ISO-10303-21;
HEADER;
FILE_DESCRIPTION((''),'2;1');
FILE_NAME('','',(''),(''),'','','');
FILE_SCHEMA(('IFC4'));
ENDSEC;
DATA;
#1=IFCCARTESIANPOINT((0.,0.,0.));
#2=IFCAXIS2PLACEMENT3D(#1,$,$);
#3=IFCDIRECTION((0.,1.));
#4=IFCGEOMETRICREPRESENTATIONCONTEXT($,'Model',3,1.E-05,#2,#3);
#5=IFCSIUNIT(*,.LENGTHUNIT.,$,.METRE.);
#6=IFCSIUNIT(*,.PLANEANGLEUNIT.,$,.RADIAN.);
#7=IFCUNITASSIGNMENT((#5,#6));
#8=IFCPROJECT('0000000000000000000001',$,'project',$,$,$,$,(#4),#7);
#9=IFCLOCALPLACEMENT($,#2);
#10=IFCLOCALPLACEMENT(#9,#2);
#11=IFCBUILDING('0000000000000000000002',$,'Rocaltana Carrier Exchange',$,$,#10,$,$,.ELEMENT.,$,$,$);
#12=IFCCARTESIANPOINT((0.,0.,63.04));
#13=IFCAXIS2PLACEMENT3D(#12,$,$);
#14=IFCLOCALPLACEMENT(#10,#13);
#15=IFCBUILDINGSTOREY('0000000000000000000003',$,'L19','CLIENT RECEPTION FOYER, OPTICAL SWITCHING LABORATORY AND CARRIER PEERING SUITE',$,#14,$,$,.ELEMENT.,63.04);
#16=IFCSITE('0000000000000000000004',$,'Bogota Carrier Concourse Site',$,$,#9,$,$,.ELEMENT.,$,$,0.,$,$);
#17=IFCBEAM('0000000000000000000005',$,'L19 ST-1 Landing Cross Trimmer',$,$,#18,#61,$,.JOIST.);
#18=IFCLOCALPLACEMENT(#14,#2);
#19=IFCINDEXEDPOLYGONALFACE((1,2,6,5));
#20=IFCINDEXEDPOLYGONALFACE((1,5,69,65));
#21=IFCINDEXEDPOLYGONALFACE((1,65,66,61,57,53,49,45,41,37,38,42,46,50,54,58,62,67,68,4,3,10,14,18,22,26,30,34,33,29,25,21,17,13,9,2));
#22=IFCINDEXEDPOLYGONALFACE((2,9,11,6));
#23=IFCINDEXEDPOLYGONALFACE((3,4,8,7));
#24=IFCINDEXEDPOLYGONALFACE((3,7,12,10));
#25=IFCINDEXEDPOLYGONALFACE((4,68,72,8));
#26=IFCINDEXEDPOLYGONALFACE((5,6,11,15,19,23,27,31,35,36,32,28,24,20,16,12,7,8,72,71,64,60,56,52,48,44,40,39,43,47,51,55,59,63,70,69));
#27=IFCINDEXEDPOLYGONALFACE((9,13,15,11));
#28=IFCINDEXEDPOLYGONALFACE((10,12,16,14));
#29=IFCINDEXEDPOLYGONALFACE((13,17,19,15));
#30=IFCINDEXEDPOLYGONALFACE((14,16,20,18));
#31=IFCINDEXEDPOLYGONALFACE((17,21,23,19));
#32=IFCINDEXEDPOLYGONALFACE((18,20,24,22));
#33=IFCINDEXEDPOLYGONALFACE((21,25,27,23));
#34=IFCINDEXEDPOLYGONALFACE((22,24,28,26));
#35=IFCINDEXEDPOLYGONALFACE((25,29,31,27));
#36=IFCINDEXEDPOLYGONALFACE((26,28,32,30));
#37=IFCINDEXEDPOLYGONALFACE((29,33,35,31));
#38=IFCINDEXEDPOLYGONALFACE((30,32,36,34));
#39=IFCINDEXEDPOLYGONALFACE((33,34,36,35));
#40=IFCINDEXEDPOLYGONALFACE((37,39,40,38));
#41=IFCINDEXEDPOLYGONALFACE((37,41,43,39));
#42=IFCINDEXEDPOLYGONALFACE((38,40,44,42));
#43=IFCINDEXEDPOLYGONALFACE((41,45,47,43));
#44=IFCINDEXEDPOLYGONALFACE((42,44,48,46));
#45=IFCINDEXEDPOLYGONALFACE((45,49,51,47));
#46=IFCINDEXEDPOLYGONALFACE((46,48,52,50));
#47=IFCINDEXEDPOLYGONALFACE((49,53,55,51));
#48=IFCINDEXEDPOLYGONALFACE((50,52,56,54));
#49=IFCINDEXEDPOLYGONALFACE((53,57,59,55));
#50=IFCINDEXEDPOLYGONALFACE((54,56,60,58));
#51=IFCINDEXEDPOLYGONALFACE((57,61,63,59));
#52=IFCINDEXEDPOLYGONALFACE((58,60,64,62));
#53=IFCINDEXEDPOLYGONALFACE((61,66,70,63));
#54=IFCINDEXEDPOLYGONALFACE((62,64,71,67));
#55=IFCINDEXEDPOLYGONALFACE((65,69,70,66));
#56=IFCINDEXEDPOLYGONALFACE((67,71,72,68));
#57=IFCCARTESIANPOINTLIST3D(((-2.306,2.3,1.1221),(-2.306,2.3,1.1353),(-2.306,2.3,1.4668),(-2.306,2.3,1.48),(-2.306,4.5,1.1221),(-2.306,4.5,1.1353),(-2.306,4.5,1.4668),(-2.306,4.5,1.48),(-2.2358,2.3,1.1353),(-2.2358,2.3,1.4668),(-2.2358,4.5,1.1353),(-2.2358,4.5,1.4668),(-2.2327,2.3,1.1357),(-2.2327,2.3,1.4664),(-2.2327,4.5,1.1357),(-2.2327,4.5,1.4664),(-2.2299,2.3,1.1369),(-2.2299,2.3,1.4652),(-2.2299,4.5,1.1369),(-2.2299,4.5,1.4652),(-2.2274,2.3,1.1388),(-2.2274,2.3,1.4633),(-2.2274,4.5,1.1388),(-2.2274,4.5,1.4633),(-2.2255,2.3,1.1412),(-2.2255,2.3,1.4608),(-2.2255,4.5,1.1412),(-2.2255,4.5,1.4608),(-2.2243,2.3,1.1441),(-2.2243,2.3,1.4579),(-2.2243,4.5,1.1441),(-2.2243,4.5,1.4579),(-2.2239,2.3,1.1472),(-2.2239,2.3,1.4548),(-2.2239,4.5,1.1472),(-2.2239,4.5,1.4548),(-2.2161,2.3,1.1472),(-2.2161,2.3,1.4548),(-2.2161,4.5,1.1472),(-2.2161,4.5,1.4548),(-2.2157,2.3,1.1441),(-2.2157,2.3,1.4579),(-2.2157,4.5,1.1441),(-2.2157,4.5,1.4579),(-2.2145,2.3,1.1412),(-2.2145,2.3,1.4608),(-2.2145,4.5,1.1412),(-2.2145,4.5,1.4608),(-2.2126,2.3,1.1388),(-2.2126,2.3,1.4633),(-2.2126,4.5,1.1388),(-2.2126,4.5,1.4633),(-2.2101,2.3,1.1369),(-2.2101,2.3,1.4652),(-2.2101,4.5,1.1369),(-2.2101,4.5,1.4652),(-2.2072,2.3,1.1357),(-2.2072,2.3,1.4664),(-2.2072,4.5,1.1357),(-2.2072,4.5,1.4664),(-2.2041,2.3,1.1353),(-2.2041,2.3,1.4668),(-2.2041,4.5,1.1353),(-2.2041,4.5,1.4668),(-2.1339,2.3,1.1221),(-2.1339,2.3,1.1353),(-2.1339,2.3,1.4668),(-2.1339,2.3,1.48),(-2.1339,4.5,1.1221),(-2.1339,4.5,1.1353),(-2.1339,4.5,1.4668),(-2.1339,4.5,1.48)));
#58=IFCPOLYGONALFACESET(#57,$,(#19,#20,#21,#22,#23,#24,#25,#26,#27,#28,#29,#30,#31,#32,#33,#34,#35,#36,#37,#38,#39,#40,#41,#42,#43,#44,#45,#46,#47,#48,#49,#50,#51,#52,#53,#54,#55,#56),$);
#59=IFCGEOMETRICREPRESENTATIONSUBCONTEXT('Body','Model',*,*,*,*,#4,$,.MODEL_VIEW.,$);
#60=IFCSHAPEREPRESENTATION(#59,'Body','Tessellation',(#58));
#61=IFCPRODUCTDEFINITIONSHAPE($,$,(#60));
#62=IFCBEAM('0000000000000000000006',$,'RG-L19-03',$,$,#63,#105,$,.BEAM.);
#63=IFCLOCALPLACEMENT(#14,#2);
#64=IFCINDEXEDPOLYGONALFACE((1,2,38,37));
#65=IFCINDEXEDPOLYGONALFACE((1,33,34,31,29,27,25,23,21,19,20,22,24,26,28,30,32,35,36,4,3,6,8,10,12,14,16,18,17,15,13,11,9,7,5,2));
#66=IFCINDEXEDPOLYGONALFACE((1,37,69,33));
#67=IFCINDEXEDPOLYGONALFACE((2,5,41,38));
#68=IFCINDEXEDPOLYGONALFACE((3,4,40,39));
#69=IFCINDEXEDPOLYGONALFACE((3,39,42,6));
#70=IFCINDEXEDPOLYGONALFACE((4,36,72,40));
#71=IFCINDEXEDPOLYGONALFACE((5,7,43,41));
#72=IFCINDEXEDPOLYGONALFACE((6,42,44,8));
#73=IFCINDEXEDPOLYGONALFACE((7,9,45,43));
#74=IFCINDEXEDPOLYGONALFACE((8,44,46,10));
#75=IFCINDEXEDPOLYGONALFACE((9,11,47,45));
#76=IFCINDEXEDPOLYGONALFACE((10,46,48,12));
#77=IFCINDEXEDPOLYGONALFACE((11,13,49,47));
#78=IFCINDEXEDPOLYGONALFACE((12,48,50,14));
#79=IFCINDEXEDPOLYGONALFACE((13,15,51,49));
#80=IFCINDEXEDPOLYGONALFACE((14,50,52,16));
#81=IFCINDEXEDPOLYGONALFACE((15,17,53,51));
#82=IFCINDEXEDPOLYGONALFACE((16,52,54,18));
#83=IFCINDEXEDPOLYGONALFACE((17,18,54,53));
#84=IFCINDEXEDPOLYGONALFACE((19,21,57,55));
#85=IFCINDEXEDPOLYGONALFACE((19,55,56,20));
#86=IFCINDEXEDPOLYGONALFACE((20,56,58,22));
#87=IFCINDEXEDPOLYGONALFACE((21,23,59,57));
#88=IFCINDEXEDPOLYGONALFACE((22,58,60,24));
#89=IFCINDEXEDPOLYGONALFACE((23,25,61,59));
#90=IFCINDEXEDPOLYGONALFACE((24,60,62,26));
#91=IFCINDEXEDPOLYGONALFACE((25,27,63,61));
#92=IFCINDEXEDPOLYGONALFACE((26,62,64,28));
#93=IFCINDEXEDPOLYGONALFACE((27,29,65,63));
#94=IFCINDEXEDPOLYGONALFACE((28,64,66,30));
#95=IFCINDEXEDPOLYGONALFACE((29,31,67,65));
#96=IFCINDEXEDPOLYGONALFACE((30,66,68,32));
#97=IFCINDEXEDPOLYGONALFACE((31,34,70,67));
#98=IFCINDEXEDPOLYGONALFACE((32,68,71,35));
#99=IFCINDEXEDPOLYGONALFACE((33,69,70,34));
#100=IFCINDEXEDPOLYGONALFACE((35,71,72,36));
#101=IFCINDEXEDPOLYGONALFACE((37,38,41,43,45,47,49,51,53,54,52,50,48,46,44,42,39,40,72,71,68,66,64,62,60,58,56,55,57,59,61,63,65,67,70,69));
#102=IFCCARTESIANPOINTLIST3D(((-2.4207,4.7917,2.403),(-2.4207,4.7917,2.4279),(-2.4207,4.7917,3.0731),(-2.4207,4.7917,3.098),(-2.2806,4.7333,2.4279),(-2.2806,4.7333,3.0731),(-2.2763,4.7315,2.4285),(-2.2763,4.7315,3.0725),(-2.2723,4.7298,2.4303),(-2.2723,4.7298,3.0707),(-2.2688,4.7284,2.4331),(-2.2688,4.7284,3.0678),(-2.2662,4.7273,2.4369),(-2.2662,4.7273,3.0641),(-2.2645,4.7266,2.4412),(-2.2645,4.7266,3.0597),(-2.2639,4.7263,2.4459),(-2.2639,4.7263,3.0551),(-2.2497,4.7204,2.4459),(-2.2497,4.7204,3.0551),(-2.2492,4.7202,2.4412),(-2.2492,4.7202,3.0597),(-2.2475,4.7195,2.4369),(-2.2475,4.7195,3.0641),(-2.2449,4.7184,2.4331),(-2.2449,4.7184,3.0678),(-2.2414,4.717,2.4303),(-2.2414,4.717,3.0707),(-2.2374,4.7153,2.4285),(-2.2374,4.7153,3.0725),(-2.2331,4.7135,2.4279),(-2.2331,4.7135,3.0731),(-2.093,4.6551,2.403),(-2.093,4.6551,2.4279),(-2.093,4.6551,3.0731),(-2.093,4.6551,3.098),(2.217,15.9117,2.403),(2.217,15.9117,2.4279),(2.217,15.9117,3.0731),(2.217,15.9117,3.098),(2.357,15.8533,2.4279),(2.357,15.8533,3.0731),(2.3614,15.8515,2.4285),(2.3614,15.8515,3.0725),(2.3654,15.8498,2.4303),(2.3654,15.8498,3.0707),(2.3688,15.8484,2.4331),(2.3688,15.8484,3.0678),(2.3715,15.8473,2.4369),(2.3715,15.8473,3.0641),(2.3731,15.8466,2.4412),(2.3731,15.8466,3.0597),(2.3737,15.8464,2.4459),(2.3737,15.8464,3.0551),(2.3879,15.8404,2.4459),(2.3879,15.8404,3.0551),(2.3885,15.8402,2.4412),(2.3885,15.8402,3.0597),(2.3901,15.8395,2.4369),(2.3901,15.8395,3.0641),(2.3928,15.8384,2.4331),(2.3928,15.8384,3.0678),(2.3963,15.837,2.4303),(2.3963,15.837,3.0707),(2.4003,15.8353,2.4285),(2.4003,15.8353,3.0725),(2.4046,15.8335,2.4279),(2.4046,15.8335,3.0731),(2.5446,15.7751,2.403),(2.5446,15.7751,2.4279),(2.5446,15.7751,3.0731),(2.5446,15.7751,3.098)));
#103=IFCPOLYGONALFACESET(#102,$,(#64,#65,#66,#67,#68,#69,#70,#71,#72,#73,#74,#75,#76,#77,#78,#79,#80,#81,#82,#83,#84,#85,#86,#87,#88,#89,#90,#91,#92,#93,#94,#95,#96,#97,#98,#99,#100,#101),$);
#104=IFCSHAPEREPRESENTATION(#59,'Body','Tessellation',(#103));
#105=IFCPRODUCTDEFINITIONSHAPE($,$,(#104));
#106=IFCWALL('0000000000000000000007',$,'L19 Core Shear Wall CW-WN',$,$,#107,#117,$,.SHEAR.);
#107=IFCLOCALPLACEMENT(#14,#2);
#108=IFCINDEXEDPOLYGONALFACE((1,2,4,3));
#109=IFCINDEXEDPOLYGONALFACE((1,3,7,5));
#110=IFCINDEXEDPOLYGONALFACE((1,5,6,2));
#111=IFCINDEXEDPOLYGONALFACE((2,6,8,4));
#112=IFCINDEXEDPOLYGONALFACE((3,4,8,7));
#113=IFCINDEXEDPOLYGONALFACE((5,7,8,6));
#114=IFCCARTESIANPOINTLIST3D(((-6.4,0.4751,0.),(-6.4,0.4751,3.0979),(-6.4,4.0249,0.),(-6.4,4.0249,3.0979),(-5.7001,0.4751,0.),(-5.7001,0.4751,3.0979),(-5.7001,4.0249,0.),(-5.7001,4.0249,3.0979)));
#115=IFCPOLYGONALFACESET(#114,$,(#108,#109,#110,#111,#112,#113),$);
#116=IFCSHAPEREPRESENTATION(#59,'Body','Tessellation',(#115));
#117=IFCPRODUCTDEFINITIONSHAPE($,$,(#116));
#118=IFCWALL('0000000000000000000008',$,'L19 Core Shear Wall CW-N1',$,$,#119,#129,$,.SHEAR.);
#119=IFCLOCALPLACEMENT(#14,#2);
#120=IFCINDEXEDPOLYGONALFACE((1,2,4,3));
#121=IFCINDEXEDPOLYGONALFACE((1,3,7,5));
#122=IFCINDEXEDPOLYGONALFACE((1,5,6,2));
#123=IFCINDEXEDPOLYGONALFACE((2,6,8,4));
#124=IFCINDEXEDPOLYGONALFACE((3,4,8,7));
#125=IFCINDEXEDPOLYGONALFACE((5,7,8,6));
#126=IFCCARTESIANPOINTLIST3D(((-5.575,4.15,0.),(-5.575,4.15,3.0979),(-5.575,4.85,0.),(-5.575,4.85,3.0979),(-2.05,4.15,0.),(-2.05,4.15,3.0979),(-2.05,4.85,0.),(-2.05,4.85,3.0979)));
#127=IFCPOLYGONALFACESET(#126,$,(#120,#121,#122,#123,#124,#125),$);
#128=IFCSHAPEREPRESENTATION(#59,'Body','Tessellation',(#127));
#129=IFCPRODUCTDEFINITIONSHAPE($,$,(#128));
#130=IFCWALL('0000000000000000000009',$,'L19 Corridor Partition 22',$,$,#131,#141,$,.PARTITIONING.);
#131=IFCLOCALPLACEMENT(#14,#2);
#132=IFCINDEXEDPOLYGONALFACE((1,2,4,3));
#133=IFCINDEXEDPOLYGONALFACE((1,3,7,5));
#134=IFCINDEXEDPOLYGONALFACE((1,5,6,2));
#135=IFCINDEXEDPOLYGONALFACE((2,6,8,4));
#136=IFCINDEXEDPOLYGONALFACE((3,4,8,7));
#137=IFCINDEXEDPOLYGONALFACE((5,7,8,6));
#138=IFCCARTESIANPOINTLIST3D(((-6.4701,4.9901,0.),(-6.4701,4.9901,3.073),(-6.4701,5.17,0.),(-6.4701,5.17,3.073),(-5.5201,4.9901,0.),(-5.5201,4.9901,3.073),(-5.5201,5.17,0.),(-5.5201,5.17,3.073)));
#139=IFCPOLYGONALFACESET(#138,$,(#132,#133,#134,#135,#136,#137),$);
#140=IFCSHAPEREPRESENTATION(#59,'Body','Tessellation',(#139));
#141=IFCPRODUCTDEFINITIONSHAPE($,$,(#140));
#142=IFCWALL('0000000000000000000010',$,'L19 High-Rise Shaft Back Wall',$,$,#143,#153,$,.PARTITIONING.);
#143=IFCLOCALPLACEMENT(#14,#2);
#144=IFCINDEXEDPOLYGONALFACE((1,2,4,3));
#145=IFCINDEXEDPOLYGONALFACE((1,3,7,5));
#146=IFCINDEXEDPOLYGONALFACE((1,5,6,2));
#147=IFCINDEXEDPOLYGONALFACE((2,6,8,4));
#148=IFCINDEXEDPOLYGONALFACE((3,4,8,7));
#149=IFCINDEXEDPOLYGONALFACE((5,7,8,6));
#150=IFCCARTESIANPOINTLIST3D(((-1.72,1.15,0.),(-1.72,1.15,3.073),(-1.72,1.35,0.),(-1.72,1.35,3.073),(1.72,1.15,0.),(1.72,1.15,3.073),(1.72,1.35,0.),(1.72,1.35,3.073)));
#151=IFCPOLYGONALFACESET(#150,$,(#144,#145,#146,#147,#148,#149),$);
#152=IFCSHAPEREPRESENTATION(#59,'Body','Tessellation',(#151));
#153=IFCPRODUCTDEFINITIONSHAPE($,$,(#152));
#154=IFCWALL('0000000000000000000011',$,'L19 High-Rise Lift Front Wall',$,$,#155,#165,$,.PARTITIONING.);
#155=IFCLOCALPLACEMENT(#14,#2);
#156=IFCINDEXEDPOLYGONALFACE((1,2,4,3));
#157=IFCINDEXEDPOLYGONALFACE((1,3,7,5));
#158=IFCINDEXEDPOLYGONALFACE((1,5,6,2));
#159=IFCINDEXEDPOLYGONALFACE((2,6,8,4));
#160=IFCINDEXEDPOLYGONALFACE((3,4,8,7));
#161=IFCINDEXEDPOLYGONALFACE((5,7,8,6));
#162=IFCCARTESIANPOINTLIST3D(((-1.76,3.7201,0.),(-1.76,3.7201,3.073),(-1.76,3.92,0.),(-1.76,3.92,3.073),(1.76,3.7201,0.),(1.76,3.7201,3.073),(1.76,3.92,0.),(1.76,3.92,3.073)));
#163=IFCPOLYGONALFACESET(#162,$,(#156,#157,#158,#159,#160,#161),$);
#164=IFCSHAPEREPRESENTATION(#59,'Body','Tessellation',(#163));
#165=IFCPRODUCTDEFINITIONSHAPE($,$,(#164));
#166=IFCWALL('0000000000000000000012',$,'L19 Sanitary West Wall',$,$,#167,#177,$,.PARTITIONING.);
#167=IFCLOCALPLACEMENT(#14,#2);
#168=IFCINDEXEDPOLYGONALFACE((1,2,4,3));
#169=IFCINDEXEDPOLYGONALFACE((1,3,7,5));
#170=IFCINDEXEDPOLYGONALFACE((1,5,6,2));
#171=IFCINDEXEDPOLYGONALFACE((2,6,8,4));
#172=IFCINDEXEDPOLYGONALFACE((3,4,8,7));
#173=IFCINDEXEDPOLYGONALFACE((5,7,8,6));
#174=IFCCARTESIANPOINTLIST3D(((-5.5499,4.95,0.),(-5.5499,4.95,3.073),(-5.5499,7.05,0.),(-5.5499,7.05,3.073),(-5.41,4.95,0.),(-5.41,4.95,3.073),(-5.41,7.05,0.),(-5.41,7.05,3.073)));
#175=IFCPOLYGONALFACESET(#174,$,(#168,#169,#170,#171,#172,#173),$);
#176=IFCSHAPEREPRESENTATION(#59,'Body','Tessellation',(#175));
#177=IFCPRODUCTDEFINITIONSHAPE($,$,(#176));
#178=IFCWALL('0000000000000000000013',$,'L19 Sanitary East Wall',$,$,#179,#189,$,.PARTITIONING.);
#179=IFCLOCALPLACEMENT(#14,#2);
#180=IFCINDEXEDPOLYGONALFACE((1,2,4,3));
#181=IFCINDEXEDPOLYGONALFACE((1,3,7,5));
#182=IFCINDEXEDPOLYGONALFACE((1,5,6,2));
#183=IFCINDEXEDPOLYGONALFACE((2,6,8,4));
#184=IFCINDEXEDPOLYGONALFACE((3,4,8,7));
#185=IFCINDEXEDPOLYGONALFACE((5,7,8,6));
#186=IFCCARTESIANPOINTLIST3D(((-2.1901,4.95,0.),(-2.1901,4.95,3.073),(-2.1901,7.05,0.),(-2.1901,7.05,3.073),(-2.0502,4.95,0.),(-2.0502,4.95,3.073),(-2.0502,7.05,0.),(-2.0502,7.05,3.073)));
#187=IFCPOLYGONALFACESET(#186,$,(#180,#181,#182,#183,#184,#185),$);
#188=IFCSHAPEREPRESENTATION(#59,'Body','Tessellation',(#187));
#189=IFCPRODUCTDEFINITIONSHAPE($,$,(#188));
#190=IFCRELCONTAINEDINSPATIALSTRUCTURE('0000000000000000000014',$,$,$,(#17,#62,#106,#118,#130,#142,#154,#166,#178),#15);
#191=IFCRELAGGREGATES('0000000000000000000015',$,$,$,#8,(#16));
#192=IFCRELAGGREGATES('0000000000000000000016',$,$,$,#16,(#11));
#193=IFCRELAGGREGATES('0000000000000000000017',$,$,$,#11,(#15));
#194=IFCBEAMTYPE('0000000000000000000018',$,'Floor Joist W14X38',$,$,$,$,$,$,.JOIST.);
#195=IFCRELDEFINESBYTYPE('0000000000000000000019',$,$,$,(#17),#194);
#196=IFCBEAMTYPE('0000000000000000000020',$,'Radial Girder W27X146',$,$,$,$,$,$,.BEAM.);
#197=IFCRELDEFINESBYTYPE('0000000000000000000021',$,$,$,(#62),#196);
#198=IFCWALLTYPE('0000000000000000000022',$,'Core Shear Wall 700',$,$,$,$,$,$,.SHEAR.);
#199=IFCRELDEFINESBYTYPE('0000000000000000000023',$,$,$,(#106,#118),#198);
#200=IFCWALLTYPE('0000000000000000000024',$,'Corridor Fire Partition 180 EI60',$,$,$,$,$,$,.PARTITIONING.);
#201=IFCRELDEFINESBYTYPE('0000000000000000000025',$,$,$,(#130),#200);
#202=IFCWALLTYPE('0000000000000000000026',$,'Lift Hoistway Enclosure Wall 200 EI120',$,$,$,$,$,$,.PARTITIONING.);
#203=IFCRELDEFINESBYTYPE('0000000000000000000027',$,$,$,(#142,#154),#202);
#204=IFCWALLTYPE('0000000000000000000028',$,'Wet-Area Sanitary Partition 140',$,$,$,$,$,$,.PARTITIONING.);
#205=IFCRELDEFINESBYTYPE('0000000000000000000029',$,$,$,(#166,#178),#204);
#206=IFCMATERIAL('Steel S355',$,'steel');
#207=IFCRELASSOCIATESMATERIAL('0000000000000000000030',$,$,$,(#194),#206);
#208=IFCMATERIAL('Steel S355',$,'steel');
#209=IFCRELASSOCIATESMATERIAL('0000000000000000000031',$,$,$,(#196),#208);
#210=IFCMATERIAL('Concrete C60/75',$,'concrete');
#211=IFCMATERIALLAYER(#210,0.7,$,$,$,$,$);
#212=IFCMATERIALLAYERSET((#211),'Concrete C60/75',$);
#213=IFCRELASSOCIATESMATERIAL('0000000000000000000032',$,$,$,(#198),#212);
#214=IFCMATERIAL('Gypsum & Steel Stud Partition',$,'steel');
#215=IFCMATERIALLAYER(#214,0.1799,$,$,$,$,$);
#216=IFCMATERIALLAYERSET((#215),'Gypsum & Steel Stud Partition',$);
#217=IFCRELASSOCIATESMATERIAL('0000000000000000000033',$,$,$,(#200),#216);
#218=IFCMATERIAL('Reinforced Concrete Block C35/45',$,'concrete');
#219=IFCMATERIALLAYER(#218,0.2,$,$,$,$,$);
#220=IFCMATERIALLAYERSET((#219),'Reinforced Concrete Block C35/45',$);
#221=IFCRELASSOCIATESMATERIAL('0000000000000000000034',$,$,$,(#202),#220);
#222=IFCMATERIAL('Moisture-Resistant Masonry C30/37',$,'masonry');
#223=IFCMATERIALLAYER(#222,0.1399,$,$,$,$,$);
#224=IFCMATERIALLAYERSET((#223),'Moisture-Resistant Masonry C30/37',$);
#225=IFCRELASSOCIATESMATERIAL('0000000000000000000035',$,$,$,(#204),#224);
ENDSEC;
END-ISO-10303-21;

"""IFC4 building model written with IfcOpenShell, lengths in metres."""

from ifc_helpers import new_model, si_unit, direction, frame, frame_2d, origin, origin_2d, place, context, subcontext, project, spatial, rectangle, i_section, extrude, material, layer, layer_set, material_profile, profile_set, type_object, element, save


model = new_model("IFC4")

# Units and contexts
model_context = context("Model", 3, precision=1e-05, world=origin(), true_north=direction((0.0, 1.0)))
body_context = subcontext(model_context, "Body", "Model", "MODEL_VIEW")
ifc_project = project(units=[si_unit("LENGTHUNIT", "METRE"), si_unit("PLANEANGLEUNIT", "RADIAN")], contexts=[model_context])

# Site, building, storey
site_placement = place(None, origin())
site = spatial("IfcSite", under=ifc_project, at=site_placement, Name="Bogota Carrier Concourse Site", CompositionType="ELEMENT", RefElevation=0.0)
building_placement = place(site_placement, origin())
building = spatial("IfcBuilding", under=site, at=building_placement, Name="Rocaltana Carrier Exchange", CompositionType="ELEMENT")
storey_placement = place(building_placement, frame((0.0, 0.0, 63.04)))
storey = spatial("IfcBuildingStorey", under=building, at=storey_placement, Name="L19", Description="CLIENT RECEPTION FOYER, OPTICAL SWITCHING LABORATORY AND CARRIER PEERING SUITE", CompositionType="ELEMENT", Elevation=63.04)

# Beams
ifc_material_1 = material(Name="Steel S355", Category="steel")
ifc_material_profile_1 = material_profile(ifc_material_1, i_section(OverallWidth=0.1721, OverallDepth=0.3579, WebThickness=0.0078, FlangeThickness=0.0132, FilletRadius=0.012, at=origin_2d()), Name="W14X38")
ifc_profile_set_1 = profile_set([ifc_material_profile_1], Name="Steel S355")
beam_type_1 = type_object("IfcBeamType", Name="Floor Joist W14X38", PredefinedType="JOIST", material=ifc_profile_set_1)
beam_1_placement = place(storey_placement, frame((-2.22, 2.3, 1.301), z_axis=(0.0, 1.0, 0.0), x_axis=(-1.0, 0.0, 0.0)))
element("IfcBeam", 1, at=beam_1_placement, inside=storey, type_object=beam_type_1, Name="L19 ST-1 Landing Cross Trimmer", PredefinedType="JOIST", context=body_context, shape_type="SweptSolid", body=[
    extrude(i_section(OverallWidth=0.1721, OverallDepth=0.3579, WebThickness=0.0078, FlangeThickness=0.0132, FilletRadius=0.012, at=origin_2d()), origin(), (0.0, 0.0, 1.0), 2.2),
])
ifc_material_2 = material(Name="Steel S355", Category="steel")
ifc_material_profile_2 = material_profile(ifc_material_2, i_section(OverallWidth=0.355, OverallDepth=0.6951, WebThickness=0.0154, FlangeThickness=0.0249, FilletRadius=0.0181, at=origin_2d()), Name="W27X146")
ifc_profile_set_2 = profile_set([ifc_material_profile_2], Name="Steel S355")
beam_type_2 = type_object("IfcBeamType", Name="Radial Girder W27X146", PredefinedType="BEAM", material=ifc_profile_set_2)
beam_2_placement = place(storey_placement, frame((-2.2568, 4.7234, 2.7505), z_axis=(0.38492, 0.92295, 0.0), x_axis=(-0.92295, 0.38492, 0.0)))
element("IfcBeam", 2, at=beam_2_placement, inside=storey, type_object=beam_type_2, Name="RG-L19-03", PredefinedType="BEAM", context=body_context, shape_type="SweptSolid", body=[
    extrude(i_section(OverallWidth=0.355, OverallDepth=0.6951, WebThickness=0.0154, FlangeThickness=0.0249, FilletRadius=0.0181, at=origin_2d()), origin(), (0.0, 0.0, 1.0), 12.0483),
])

# Walls
ifc_material_3 = material(Name="Concrete C60/75", Category="concrete")
ifc_layer_1 = layer(ifc_material_3, 0.7)
ifc_layer_set_1 = layer_set([ifc_layer_1], Name="Concrete C60/75")
wall_type_1 = type_object("IfcWallType", Name="Core Shear Wall 700", PredefinedType="SHEAR", material=ifc_layer_set_1)
wall_1_placement = place(storey_placement, frame((-6.05, 0.4751, 0.0), z_axis=(0.0, 0.0, 1.0), x_axis=(0.0, 1.0, 0.0)))
element("IfcWall", 3, at=wall_1_placement, inside=storey, type_object=wall_type_1, Name="L19 Core Shear Wall CW-WN", PredefinedType="SHEAR", context=body_context, shape_type="SweptSolid", body=[
    extrude(rectangle(XDim=3.5498, YDim=0.7, at=frame_2d((1.7749, 0.0))), origin(), (0.0, 0.0, 1.0), 3.0979),
])
wall_2_placement = place(storey_placement, frame((-5.575, 4.5, 0.0), z_axis=(0.0, 0.0, 1.0), x_axis=(1.0, 0.0, 0.0)))
element("IfcWall", 4, at=wall_2_placement, inside=storey, type_object=wall_type_1, Name="L19 Core Shear Wall CW-N1", PredefinedType="SHEAR", context=body_context, shape_type="SweptSolid", body=[
    extrude(rectangle(XDim=3.5249, YDim=0.7, at=frame_2d((1.7625, 0.0))), origin(), (0.0, 0.0, 1.0), 3.0979),
])
ifc_material_4 = material(Name="Gypsum & Steel Stud Partition", Category="steel")
ifc_layer_2 = layer(ifc_material_4, 0.1799)
ifc_layer_set_2 = layer_set([ifc_layer_2], Name="Gypsum & Steel Stud Partition")
wall_type_2 = type_object("IfcWallType", Name="Corridor Fire Partition 180 EI60", PredefinedType="PARTITIONING", material=ifc_layer_set_2)
wall_3_placement = place(storey_placement, frame((-5.52, 5.0801, 0.0), z_axis=(0.0, 0.0, 1.0), x_axis=(-1.0, 0.0, 0.0)))
element("IfcWall", 5, at=wall_3_placement, inside=storey, type_object=wall_type_2, Name="L19 Corridor Partition 22", PredefinedType="PARTITIONING", context=body_context, shape_type="SweptSolid", body=[
    extrude(rectangle(XDim=0.95, YDim=0.1799, at=frame_2d((0.4751, 0.0))), origin(), (0.0, 0.0, 1.0), 3.073),
])
ifc_material_5 = material(Name="Reinforced Concrete Block C35/45", Category="concrete")
ifc_layer_3 = layer(ifc_material_5, 0.2)
ifc_layer_set_3 = layer_set([ifc_layer_3], Name="Reinforced Concrete Block C35/45")
wall_type_3 = type_object("IfcWallType", Name="Lift Hoistway Enclosure Wall 200 EI120", PredefinedType="PARTITIONING", material=ifc_layer_set_3)
wall_4_placement = place(storey_placement, frame((-1.72, 1.25, 0.0), z_axis=(0.0, 0.0, 1.0), x_axis=(1.0, 0.0, 0.0)))
element("IfcWall", 6, at=wall_4_placement, inside=storey, type_object=wall_type_3, Name="L19 High-Rise Shaft Back Wall", PredefinedType="PARTITIONING", context=body_context, shape_type="SweptSolid", body=[
    extrude(rectangle(XDim=3.4399, YDim=0.2, at=frame_2d((1.72, 0.0))), origin(), (0.0, 0.0, 1.0), 3.073),
])
wall_5_placement = place(storey_placement, frame((-1.76, 3.8201, 0.0), z_axis=(0.0, 0.0, 1.0), x_axis=(1.0, 0.0, 0.0)))
element("IfcWall", 7, at=wall_5_placement, inside=storey, type_object=wall_type_3, Name="L19 High-Rise Lift Front Wall", PredefinedType="PARTITIONING", context=body_context, shape_type="SweptSolid", body=[
    extrude(rectangle(XDim=3.52, YDim=0.2, at=frame_2d((1.76, 0.0))), origin(), (0.0, 0.0, 1.0), 3.073),
])
ifc_material_6 = material(Name="Moisture-Resistant Masonry C30/37", Category="masonry")
ifc_layer_4 = layer(ifc_material_6, 0.1399)
ifc_layer_set_4 = layer_set([ifc_layer_4], Name="Moisture-Resistant Masonry C30/37")
wall_type_4 = type_object("IfcWallType", Name="Wet-Area Sanitary Partition 140", PredefinedType="PARTITIONING", material=ifc_layer_set_4)
for number, where, z_axis, x_axis, name in (
    (8, (-5.48, 4.95, 0.0), (0.0, 0.0, 1.0), (0.0, 1.0, 0.0), "L19 Sanitary West Wall"),
    (9, (-2.1201, 4.95, 0.0), (0.0, 0.0, 1.0), (0.0, 1.0, 0.0), "L19 Sanitary East Wall"),
):
    element("IfcWall", number, at=place(storey_placement, frame(where, z_axis=z_axis, x_axis=x_axis)), inside=storey, type_object=wall_type_4, Name=name, PredefinedType="PARTITIONING", context=body_context, shape_type="SweptSolid", body=[
        extrude(rectangle(XDim=2.1001, YDim=0.1399, at=frame_2d((1.05, 0.0))), origin(), (0.0, 0.0, 1.0), 3.073),
    ])

save(model, "model.ifc")
